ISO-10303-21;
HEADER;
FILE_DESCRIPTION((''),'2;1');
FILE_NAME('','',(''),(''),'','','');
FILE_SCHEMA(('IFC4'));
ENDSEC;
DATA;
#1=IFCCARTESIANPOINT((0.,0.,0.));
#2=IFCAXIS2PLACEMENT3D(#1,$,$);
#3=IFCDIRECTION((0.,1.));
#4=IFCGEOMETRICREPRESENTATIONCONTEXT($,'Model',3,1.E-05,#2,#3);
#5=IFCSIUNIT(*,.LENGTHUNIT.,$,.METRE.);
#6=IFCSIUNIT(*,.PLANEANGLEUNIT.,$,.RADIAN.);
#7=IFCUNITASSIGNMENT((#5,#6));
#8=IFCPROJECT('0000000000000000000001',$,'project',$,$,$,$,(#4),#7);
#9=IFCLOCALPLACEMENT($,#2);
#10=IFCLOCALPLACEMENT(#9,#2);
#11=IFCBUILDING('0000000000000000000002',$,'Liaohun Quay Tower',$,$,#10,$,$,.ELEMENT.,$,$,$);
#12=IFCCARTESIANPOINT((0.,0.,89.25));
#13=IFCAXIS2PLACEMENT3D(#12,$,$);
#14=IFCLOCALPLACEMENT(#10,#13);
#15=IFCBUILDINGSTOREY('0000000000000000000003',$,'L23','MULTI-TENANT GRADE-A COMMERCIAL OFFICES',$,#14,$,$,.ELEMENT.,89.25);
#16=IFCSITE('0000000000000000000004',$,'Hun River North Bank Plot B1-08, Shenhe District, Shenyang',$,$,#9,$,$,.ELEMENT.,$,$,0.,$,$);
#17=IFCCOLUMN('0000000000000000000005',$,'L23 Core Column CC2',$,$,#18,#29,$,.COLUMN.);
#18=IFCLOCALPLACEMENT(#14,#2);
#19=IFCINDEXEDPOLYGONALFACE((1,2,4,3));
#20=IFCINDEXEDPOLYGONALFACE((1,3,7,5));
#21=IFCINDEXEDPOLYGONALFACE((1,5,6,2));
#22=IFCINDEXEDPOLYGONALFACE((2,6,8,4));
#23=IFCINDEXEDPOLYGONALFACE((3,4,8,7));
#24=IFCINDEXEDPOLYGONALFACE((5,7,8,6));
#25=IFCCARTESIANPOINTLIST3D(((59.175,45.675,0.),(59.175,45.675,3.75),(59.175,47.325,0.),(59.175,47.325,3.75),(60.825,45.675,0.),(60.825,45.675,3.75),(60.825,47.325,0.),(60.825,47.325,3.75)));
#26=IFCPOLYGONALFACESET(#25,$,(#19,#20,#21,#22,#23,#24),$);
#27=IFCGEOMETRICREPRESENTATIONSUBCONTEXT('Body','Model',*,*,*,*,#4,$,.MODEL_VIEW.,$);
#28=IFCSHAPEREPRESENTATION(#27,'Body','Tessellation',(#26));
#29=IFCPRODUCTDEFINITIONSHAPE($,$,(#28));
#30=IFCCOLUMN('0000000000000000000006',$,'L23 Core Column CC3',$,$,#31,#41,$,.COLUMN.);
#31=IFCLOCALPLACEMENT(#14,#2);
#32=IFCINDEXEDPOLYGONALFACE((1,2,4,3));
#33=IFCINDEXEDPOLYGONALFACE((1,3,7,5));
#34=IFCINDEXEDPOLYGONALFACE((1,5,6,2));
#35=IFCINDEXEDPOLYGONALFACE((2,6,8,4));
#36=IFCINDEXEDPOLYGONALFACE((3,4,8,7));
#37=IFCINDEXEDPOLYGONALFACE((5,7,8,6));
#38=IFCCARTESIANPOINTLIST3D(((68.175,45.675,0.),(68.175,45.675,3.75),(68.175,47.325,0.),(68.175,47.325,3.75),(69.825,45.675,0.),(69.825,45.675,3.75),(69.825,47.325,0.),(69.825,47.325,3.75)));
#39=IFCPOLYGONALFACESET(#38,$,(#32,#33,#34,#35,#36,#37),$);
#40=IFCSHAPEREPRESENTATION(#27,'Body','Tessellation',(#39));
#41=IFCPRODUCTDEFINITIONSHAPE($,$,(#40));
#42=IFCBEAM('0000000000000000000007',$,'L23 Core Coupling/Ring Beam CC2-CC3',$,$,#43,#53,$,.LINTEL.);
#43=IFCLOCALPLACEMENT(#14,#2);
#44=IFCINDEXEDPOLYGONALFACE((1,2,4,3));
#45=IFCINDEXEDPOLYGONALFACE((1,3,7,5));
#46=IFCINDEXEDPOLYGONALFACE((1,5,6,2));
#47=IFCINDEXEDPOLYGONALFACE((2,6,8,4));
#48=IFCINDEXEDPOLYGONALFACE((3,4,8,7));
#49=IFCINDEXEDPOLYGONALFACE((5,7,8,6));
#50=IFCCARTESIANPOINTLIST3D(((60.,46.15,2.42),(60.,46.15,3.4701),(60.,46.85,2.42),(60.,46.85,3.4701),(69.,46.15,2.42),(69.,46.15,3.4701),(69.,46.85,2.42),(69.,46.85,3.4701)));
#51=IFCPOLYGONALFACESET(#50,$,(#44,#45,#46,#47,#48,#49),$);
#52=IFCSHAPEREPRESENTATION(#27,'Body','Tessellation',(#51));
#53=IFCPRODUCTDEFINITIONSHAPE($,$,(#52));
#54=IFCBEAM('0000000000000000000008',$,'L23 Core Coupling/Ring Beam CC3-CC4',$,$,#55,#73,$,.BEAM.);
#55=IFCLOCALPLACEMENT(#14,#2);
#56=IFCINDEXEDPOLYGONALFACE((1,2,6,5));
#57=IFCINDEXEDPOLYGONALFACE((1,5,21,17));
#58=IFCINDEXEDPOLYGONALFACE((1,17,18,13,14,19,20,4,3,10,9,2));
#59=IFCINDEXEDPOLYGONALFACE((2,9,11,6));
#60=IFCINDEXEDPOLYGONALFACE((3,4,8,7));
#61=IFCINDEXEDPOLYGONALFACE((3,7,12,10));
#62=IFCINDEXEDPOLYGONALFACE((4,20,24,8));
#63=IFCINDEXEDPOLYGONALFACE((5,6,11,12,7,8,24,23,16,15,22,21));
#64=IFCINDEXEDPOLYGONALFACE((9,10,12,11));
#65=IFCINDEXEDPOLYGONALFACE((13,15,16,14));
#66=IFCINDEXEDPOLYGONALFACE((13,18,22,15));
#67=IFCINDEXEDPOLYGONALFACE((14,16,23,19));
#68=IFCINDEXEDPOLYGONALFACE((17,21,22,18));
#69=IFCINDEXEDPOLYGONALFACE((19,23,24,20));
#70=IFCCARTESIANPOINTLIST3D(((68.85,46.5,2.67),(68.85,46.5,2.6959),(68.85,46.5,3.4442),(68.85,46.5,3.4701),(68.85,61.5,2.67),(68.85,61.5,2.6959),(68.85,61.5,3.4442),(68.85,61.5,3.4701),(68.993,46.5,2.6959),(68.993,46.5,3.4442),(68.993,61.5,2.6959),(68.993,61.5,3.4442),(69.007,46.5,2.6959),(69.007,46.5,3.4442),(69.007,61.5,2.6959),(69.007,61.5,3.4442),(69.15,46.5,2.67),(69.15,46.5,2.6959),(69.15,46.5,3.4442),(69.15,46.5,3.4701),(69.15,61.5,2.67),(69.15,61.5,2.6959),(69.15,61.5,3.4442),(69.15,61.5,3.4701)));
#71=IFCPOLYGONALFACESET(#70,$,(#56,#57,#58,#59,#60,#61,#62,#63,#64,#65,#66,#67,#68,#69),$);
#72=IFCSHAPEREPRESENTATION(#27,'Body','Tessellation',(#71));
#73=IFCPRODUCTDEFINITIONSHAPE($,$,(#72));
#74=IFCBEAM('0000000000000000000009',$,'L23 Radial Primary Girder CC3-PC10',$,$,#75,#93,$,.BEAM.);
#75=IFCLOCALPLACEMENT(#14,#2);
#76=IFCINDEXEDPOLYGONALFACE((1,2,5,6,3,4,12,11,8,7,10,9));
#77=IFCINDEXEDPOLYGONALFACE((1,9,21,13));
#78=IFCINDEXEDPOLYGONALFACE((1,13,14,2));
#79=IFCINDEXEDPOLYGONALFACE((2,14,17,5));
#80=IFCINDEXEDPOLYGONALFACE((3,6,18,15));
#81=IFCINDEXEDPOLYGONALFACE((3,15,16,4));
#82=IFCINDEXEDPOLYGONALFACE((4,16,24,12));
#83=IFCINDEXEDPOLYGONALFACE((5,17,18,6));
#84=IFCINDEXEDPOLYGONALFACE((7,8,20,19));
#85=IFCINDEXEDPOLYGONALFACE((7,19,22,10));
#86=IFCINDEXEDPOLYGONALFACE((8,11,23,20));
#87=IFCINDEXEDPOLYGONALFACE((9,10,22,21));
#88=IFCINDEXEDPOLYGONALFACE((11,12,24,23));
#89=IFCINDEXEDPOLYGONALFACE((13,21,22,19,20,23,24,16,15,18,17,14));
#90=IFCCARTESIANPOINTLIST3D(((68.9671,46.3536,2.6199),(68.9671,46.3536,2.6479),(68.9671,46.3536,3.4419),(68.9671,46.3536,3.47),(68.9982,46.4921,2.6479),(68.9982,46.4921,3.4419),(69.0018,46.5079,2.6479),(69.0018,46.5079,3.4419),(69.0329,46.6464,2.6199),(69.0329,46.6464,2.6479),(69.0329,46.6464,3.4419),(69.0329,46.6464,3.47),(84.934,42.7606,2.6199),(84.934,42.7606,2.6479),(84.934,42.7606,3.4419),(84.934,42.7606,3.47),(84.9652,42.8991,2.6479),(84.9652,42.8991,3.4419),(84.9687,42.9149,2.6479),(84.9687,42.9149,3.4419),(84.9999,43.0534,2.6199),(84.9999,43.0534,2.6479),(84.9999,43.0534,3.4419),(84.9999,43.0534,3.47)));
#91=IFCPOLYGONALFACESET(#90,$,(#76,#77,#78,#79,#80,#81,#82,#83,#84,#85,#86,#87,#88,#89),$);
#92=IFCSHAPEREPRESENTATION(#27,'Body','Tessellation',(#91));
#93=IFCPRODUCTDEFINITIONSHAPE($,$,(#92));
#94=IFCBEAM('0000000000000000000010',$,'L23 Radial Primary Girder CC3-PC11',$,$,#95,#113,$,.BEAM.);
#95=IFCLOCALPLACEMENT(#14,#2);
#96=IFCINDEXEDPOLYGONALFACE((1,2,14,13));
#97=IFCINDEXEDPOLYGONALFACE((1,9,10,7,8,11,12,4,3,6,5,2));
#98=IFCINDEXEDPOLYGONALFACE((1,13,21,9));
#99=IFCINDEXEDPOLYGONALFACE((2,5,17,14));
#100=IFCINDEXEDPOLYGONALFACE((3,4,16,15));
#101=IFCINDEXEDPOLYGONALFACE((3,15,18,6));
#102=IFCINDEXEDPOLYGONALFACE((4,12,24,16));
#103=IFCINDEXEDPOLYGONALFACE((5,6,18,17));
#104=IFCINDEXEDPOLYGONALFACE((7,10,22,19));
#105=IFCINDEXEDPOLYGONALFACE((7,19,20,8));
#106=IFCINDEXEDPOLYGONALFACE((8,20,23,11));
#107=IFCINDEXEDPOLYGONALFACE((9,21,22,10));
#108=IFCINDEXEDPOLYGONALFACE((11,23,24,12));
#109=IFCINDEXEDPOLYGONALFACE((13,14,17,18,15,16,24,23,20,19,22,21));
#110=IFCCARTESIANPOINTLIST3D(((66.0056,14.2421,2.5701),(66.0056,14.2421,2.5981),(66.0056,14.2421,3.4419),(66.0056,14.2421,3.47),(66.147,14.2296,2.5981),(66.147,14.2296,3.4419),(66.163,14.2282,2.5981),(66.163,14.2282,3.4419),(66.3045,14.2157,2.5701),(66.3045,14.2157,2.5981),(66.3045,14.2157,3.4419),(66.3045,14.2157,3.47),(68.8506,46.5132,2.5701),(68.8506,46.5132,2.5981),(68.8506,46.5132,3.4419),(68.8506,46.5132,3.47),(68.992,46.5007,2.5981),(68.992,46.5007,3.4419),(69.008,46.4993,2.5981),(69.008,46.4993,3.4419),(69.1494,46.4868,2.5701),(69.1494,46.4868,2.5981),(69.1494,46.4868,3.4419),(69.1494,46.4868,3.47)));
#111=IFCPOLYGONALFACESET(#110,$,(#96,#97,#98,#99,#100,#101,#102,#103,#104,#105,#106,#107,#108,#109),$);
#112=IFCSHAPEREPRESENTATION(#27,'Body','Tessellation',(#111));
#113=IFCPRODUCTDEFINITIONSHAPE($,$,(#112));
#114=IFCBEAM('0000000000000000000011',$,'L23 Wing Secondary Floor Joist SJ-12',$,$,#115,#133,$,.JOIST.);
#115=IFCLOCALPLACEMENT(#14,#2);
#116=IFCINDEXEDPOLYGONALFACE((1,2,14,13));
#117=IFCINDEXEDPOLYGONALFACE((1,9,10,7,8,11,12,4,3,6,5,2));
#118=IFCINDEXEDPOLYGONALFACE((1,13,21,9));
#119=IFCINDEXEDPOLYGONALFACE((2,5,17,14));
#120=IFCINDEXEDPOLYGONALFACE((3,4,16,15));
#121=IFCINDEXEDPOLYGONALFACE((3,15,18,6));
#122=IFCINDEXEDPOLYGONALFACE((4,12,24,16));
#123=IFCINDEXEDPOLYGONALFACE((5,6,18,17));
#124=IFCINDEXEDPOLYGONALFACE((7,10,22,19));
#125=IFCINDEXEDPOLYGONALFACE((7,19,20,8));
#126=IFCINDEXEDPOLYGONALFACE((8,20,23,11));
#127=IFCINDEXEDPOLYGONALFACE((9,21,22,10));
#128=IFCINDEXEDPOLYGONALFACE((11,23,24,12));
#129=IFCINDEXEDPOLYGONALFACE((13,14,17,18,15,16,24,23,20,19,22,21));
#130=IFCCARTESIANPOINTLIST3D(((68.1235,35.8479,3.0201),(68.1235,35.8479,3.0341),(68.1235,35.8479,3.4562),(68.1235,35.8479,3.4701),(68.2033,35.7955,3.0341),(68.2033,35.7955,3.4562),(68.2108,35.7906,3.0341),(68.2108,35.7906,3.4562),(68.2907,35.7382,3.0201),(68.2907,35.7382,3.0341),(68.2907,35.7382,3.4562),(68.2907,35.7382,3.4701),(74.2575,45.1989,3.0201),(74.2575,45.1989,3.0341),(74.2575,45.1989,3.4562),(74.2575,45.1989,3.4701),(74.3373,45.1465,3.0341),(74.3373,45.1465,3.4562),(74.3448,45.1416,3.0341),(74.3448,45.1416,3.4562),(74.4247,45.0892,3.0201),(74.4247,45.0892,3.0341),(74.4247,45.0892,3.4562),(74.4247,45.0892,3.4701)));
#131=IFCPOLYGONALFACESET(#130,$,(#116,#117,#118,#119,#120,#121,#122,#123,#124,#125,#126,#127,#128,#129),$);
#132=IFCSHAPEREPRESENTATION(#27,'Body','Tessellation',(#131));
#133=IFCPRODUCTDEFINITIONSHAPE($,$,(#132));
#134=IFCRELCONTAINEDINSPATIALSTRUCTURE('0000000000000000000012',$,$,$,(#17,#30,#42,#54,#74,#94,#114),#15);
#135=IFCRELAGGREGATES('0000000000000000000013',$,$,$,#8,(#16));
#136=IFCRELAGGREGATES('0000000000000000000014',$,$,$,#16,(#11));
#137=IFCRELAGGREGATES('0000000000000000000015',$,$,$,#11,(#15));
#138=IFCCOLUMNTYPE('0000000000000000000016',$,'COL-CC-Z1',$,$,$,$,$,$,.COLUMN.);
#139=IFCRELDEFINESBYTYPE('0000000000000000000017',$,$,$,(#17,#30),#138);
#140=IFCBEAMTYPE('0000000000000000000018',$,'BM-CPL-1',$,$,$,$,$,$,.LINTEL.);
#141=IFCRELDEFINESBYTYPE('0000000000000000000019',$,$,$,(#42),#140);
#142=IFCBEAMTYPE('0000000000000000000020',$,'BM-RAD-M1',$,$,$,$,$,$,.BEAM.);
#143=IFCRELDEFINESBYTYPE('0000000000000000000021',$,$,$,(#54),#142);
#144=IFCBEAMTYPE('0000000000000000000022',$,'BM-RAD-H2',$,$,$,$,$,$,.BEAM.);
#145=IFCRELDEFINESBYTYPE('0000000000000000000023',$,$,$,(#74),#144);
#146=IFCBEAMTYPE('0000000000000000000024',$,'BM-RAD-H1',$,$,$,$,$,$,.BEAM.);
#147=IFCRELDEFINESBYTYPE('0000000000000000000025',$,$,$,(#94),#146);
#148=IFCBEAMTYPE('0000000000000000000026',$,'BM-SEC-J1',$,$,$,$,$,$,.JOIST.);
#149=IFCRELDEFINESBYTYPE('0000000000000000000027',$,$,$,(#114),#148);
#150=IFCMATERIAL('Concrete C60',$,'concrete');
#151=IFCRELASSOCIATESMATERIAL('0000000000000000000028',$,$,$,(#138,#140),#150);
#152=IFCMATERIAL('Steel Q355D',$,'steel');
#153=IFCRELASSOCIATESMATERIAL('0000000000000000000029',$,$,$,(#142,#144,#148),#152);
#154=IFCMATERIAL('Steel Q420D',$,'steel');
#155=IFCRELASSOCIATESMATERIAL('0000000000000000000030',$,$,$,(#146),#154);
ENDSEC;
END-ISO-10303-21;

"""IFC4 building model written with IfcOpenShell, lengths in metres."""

from ifc_helpers import new_model, si_unit, direction, frame, origin, origin_2d, place, context, subcontext, project, spatial, rectangle, i_section, extrude, source, transform, mapped, material, material_profile, profile_set, type_object, element, save


model = new_model("IFC4")

# Units and contexts
model_context = context("Model", 3, precision=1e-05, world=origin(), true_north=direction((0.0, 1.0)))
body_context = subcontext(model_context, "Body", "Model", "MODEL_VIEW")
ifc_project = project(units=[si_unit("LENGTHUNIT", "METRE"), si_unit("PLANEANGLEUNIT", "RADIAN")], contexts=[model_context])

# Site, building, storey
site_placement = place(None, origin())
site = spatial("IfcSite", under=ifc_project, at=site_placement, Name="Hun River North Bank Plot B1-08, Shenhe District, Shenyang", CompositionType="ELEMENT", RefElevation=0.0)
building_placement = place(site_placement, origin())
building = spatial("IfcBuilding", under=site, at=building_placement, Name="Liaohun Quay Tower", CompositionType="ELEMENT")
storey_placement = place(building_placement, frame((0.0, 0.0, 89.25)))
storey = spatial("IfcBuildingStorey", under=building, at=storey_placement, Name="L23", Description="MULTI-TENANT GRADE-A COMMERCIAL OFFICES", CompositionType="ELEMENT", Elevation=89.25)

# Columns
ifc_material_1 = material(Name="Concrete C60", Category="concrete")
ifc_material_profile_1 = material_profile(ifc_material_1, rectangle(XDim=1.6499, YDim=1.6499, at=origin_2d()), Name="RC1650x1650")
ifc_profile_set_1 = profile_set([ifc_material_profile_1], Name="Concrete C60")
column_type = type_object("IfcColumnType", Name="COL-CC-Z1", PredefinedType="COLUMN", material=ifc_profile_set_1)
shared_shape_1 = source(origin(), body_context, "Body", "SweptSolid", [
    extrude(rectangle(XDim=1.6499, YDim=1.6499, at=origin_2d()), origin(), (0.0, 0.0, 1.0), 3.75),
])
for number, where, z_axis, x_axis, name in (
    (1, (60.0, 46.5, 0.0), (0.0, 0.0, 1.0), (1.0, 0.0, 0.0), "L23 Core Column CC2"),
    (2, (69.0, 46.5, 0.0), (0.0, 0.0, 1.0), (1.0, 0.0, 0.0), "L23 Core Column CC3"),
):
    element("IfcColumn", number, at=place(storey_placement, frame(where, z_axis=z_axis, x_axis=x_axis)), inside=storey, type_object=column_type, Name=name, PredefinedType="COLUMN", context=body_context, shape_type="MappedRepresentation", body=[
        mapped(shared_shape_1, transform((0.0, 0.0, 0.0), x_axis=(1.0, 0.0, 0.0), y_axis=(0.0, 1.0, 0.0), z_axis=(0.0, 0.0, 1.0), scale=1.0)),
    ])

# Beams
ifc_material_profile_2 = material_profile(ifc_material_1, rectangle(XDim=0.7, YDim=1.05, at=origin_2d()), Name="RC700x1050")
ifc_profile_set_2 = profile_set([ifc_material_profile_2], Name="Concrete C60")
beam_type_1 = type_object("IfcBeamType", Name="BM-CPL-1", PredefinedType="LINTEL", material=ifc_profile_set_2)
shared_shape_2 = source(origin(), body_context, "Body", "SweptSolid", [
    extrude(rectangle(XDim=0.7, YDim=1.05, at=origin_2d()), origin(), (0.0, 0.0, 1.0), 9.0),
])
beam_1_placement = place(storey_placement, frame((60.0, 46.5, 2.9451), z_axis=(1.0, 0.0, 0.0), x_axis=(0.0, 1.0, 0.0)))
element("IfcBeam", 3, at=beam_1_placement, inside=storey, type_object=beam_type_1, Name="L23 Core Coupling/Ring Beam CC2-CC3", PredefinedType="LINTEL", context=body_context, shape_type="MappedRepresentation", body=[
    mapped(shared_shape_2, transform((0.0, 0.0, 0.0), x_axis=(1.0, 0.0, 0.0), y_axis=(0.0, 1.0, 0.0), z_axis=(0.0, 0.0, 1.0), scale=1.0)),
])
ifc_material_2 = material(Name="Steel Q355D", Category="steel")
ifc_material_profile_3 = material_profile(ifc_material_2, i_section(OverallWidth=0.3, OverallDepth=0.8, WebThickness=0.0139, FlangeThickness=0.0259, at=origin_2d()), Name="HN800x300x14x26")
ifc_profile_set_3 = profile_set([ifc_material_profile_3], Name="Steel Q355D")
beam_type_2 = type_object("IfcBeamType", Name="BM-RAD-M1", PredefinedType="BEAM", material=ifc_profile_set_3)
shared_shape_3 = source(origin(), body_context, "Body", "SweptSolid", [
    extrude(i_section(OverallWidth=0.3, OverallDepth=0.8, WebThickness=0.0139, FlangeThickness=0.0259, at=origin_2d()), origin(), (0.0, 0.0, 1.0), 15.0),
])
beam_2_placement = place(storey_placement, frame((69.0, 46.5, 3.0701), z_axis=(0.0, 1.0, 0.0), x_axis=(-1.0, 0.0, 0.0)))
element("IfcBeam", 4, at=beam_2_placement, inside=storey, type_object=beam_type_2, Name="L23 Core Coupling/Ring Beam CC3-CC4", PredefinedType="BEAM", context=body_context, shape_type="MappedRepresentation", body=[
    mapped(shared_shape_3, transform((0.0, 0.0, 0.0), x_axis=(1.0, 0.0, 0.0), y_axis=(0.0, 1.0, 0.0), z_axis=(0.0, 0.0, 1.0), scale=1.0)),
])
ifc_material_profile_4 = material_profile(ifc_material_2, i_section(OverallWidth=0.3, OverallDepth=0.8501, WebThickness=0.0161, FlangeThickness=0.0281, at=origin_2d()), Name="HN850x300x16x28")
ifc_profile_set_4 = profile_set([ifc_material_profile_4], Name="Steel Q355D")
beam_type_3 = type_object("IfcBeamType", Name="BM-RAD-H2", PredefinedType="BEAM", material=ifc_profile_set_4)
shared_shape_4 = source(origin(), body_context, "Body", "SweptSolid", [
    extrude(i_section(OverallWidth=0.3, OverallDepth=0.8501, WebThickness=0.0161, FlangeThickness=0.0281, at=origin_2d()), origin(), (0.0, 0.0, 1.0), 16.3662),
])
beam_3_placement = place(storey_placement, frame((69.0, 46.5, 3.0449), z_axis=(0.975604, -0.219537, 0.0), x_axis=(0.219537, 0.975604, 0.0)))
element("IfcBeam", 5, at=beam_3_placement, inside=storey, type_object=beam_type_3, Name="L23 Radial Primary Girder CC3-PC10", PredefinedType="BEAM", context=body_context, shape_type="MappedRepresentation", body=[
    mapped(shared_shape_4, transform((0.0, 0.0, 0.0), x_axis=(1.0, 0.0, 0.0), y_axis=(0.0, 1.0, 0.0), z_axis=(0.0, 0.0, 1.0), scale=1.0)),
])
ifc_material_3 = material(Name="Steel Q420D", Category="steel")
ifc_material_profile_5 = material_profile(ifc_material_3, i_section(OverallWidth=0.3, OverallDepth=0.8999, WebThickness=0.0161, FlangeThickness=0.0281, at=origin_2d()), Name="HN900x300x16x28")
ifc_profile_set_5 = profile_set([ifc_material_profile_5], Name="Steel Q420D")
beam_type_4 = type_object("IfcBeamType", Name="BM-RAD-H1", PredefinedType="BEAM", material=ifc_profile_set_5)
shared_shape_5 = source(origin(), body_context, "Body", "SweptSolid", [
    extrude(i_section(OverallWidth=0.3, OverallDepth=0.8999, WebThickness=0.0161, FlangeThickness=0.0281, at=origin_2d()), origin(), (0.0, 0.0, 1.0), 32.3962),
])
beam_4_placement = place(storey_placement, frame((69.0, 46.5, 3.02), z_axis=(-0.087818, -0.996137, 0.0), x_axis=(0.996137, -0.087818, 0.0)))
element("IfcBeam", 6, at=beam_4_placement, inside=storey, type_object=beam_type_4, Name="L23 Radial Primary Girder CC3-PC11", PredefinedType="BEAM", context=body_context, shape_type="MappedRepresentation", body=[
    mapped(shared_shape_5, transform((0.0, 0.0, 0.0), x_axis=(1.0, 0.0, 0.0), y_axis=(0.0, 1.0, 0.0), z_axis=(0.0, 0.0, 1.0), scale=1.0)),
])
ifc_material_profile_6 = material_profile(ifc_material_2, i_section(OverallWidth=0.2, OverallDepth=0.45, WebThickness=0.009, FlangeThickness=0.0139, at=origin_2d()), Name="HN450x200x9x14")
ifc_profile_set_6 = profile_set([ifc_material_profile_6], Name="Steel Q355D")
beam_type_5 = type_object("IfcBeamType", Name="BM-SEC-J1", PredefinedType="JOIST", material=ifc_profile_set_6)
shared_shape_6 = source(origin(), body_context, "Body", "SweptSolid", [
    extrude(i_section(OverallWidth=0.2, OverallDepth=0.45, WebThickness=0.009, FlangeThickness=0.0139, at=origin_2d()), origin(), (0.0, 0.0, 1.0), 11.1833),
])
beam_5_placement = place(storey_placement, frame((74.3411, 45.144, 3.2451), z_axis=(-0.548493, -0.836155, 0.0), x_axis=(0.836155, -0.548493, 0.0)))
element("IfcBeam", 7, at=beam_5_placement, inside=storey, type_object=beam_type_5, Name="L23 Wing Secondary Floor Joist SJ-12", PredefinedType="JOIST", context=body_context, shape_type="MappedRepresentation", body=[
    mapped(shared_shape_6, transform((0.0, 0.0, 0.0), x_axis=(1.0, 0.0, 0.0), y_axis=(0.0, 1.0, 0.0), z_axis=(0.0, 0.0, 1.0), scale=1.0)),
])

save(model, "model.ifc")
